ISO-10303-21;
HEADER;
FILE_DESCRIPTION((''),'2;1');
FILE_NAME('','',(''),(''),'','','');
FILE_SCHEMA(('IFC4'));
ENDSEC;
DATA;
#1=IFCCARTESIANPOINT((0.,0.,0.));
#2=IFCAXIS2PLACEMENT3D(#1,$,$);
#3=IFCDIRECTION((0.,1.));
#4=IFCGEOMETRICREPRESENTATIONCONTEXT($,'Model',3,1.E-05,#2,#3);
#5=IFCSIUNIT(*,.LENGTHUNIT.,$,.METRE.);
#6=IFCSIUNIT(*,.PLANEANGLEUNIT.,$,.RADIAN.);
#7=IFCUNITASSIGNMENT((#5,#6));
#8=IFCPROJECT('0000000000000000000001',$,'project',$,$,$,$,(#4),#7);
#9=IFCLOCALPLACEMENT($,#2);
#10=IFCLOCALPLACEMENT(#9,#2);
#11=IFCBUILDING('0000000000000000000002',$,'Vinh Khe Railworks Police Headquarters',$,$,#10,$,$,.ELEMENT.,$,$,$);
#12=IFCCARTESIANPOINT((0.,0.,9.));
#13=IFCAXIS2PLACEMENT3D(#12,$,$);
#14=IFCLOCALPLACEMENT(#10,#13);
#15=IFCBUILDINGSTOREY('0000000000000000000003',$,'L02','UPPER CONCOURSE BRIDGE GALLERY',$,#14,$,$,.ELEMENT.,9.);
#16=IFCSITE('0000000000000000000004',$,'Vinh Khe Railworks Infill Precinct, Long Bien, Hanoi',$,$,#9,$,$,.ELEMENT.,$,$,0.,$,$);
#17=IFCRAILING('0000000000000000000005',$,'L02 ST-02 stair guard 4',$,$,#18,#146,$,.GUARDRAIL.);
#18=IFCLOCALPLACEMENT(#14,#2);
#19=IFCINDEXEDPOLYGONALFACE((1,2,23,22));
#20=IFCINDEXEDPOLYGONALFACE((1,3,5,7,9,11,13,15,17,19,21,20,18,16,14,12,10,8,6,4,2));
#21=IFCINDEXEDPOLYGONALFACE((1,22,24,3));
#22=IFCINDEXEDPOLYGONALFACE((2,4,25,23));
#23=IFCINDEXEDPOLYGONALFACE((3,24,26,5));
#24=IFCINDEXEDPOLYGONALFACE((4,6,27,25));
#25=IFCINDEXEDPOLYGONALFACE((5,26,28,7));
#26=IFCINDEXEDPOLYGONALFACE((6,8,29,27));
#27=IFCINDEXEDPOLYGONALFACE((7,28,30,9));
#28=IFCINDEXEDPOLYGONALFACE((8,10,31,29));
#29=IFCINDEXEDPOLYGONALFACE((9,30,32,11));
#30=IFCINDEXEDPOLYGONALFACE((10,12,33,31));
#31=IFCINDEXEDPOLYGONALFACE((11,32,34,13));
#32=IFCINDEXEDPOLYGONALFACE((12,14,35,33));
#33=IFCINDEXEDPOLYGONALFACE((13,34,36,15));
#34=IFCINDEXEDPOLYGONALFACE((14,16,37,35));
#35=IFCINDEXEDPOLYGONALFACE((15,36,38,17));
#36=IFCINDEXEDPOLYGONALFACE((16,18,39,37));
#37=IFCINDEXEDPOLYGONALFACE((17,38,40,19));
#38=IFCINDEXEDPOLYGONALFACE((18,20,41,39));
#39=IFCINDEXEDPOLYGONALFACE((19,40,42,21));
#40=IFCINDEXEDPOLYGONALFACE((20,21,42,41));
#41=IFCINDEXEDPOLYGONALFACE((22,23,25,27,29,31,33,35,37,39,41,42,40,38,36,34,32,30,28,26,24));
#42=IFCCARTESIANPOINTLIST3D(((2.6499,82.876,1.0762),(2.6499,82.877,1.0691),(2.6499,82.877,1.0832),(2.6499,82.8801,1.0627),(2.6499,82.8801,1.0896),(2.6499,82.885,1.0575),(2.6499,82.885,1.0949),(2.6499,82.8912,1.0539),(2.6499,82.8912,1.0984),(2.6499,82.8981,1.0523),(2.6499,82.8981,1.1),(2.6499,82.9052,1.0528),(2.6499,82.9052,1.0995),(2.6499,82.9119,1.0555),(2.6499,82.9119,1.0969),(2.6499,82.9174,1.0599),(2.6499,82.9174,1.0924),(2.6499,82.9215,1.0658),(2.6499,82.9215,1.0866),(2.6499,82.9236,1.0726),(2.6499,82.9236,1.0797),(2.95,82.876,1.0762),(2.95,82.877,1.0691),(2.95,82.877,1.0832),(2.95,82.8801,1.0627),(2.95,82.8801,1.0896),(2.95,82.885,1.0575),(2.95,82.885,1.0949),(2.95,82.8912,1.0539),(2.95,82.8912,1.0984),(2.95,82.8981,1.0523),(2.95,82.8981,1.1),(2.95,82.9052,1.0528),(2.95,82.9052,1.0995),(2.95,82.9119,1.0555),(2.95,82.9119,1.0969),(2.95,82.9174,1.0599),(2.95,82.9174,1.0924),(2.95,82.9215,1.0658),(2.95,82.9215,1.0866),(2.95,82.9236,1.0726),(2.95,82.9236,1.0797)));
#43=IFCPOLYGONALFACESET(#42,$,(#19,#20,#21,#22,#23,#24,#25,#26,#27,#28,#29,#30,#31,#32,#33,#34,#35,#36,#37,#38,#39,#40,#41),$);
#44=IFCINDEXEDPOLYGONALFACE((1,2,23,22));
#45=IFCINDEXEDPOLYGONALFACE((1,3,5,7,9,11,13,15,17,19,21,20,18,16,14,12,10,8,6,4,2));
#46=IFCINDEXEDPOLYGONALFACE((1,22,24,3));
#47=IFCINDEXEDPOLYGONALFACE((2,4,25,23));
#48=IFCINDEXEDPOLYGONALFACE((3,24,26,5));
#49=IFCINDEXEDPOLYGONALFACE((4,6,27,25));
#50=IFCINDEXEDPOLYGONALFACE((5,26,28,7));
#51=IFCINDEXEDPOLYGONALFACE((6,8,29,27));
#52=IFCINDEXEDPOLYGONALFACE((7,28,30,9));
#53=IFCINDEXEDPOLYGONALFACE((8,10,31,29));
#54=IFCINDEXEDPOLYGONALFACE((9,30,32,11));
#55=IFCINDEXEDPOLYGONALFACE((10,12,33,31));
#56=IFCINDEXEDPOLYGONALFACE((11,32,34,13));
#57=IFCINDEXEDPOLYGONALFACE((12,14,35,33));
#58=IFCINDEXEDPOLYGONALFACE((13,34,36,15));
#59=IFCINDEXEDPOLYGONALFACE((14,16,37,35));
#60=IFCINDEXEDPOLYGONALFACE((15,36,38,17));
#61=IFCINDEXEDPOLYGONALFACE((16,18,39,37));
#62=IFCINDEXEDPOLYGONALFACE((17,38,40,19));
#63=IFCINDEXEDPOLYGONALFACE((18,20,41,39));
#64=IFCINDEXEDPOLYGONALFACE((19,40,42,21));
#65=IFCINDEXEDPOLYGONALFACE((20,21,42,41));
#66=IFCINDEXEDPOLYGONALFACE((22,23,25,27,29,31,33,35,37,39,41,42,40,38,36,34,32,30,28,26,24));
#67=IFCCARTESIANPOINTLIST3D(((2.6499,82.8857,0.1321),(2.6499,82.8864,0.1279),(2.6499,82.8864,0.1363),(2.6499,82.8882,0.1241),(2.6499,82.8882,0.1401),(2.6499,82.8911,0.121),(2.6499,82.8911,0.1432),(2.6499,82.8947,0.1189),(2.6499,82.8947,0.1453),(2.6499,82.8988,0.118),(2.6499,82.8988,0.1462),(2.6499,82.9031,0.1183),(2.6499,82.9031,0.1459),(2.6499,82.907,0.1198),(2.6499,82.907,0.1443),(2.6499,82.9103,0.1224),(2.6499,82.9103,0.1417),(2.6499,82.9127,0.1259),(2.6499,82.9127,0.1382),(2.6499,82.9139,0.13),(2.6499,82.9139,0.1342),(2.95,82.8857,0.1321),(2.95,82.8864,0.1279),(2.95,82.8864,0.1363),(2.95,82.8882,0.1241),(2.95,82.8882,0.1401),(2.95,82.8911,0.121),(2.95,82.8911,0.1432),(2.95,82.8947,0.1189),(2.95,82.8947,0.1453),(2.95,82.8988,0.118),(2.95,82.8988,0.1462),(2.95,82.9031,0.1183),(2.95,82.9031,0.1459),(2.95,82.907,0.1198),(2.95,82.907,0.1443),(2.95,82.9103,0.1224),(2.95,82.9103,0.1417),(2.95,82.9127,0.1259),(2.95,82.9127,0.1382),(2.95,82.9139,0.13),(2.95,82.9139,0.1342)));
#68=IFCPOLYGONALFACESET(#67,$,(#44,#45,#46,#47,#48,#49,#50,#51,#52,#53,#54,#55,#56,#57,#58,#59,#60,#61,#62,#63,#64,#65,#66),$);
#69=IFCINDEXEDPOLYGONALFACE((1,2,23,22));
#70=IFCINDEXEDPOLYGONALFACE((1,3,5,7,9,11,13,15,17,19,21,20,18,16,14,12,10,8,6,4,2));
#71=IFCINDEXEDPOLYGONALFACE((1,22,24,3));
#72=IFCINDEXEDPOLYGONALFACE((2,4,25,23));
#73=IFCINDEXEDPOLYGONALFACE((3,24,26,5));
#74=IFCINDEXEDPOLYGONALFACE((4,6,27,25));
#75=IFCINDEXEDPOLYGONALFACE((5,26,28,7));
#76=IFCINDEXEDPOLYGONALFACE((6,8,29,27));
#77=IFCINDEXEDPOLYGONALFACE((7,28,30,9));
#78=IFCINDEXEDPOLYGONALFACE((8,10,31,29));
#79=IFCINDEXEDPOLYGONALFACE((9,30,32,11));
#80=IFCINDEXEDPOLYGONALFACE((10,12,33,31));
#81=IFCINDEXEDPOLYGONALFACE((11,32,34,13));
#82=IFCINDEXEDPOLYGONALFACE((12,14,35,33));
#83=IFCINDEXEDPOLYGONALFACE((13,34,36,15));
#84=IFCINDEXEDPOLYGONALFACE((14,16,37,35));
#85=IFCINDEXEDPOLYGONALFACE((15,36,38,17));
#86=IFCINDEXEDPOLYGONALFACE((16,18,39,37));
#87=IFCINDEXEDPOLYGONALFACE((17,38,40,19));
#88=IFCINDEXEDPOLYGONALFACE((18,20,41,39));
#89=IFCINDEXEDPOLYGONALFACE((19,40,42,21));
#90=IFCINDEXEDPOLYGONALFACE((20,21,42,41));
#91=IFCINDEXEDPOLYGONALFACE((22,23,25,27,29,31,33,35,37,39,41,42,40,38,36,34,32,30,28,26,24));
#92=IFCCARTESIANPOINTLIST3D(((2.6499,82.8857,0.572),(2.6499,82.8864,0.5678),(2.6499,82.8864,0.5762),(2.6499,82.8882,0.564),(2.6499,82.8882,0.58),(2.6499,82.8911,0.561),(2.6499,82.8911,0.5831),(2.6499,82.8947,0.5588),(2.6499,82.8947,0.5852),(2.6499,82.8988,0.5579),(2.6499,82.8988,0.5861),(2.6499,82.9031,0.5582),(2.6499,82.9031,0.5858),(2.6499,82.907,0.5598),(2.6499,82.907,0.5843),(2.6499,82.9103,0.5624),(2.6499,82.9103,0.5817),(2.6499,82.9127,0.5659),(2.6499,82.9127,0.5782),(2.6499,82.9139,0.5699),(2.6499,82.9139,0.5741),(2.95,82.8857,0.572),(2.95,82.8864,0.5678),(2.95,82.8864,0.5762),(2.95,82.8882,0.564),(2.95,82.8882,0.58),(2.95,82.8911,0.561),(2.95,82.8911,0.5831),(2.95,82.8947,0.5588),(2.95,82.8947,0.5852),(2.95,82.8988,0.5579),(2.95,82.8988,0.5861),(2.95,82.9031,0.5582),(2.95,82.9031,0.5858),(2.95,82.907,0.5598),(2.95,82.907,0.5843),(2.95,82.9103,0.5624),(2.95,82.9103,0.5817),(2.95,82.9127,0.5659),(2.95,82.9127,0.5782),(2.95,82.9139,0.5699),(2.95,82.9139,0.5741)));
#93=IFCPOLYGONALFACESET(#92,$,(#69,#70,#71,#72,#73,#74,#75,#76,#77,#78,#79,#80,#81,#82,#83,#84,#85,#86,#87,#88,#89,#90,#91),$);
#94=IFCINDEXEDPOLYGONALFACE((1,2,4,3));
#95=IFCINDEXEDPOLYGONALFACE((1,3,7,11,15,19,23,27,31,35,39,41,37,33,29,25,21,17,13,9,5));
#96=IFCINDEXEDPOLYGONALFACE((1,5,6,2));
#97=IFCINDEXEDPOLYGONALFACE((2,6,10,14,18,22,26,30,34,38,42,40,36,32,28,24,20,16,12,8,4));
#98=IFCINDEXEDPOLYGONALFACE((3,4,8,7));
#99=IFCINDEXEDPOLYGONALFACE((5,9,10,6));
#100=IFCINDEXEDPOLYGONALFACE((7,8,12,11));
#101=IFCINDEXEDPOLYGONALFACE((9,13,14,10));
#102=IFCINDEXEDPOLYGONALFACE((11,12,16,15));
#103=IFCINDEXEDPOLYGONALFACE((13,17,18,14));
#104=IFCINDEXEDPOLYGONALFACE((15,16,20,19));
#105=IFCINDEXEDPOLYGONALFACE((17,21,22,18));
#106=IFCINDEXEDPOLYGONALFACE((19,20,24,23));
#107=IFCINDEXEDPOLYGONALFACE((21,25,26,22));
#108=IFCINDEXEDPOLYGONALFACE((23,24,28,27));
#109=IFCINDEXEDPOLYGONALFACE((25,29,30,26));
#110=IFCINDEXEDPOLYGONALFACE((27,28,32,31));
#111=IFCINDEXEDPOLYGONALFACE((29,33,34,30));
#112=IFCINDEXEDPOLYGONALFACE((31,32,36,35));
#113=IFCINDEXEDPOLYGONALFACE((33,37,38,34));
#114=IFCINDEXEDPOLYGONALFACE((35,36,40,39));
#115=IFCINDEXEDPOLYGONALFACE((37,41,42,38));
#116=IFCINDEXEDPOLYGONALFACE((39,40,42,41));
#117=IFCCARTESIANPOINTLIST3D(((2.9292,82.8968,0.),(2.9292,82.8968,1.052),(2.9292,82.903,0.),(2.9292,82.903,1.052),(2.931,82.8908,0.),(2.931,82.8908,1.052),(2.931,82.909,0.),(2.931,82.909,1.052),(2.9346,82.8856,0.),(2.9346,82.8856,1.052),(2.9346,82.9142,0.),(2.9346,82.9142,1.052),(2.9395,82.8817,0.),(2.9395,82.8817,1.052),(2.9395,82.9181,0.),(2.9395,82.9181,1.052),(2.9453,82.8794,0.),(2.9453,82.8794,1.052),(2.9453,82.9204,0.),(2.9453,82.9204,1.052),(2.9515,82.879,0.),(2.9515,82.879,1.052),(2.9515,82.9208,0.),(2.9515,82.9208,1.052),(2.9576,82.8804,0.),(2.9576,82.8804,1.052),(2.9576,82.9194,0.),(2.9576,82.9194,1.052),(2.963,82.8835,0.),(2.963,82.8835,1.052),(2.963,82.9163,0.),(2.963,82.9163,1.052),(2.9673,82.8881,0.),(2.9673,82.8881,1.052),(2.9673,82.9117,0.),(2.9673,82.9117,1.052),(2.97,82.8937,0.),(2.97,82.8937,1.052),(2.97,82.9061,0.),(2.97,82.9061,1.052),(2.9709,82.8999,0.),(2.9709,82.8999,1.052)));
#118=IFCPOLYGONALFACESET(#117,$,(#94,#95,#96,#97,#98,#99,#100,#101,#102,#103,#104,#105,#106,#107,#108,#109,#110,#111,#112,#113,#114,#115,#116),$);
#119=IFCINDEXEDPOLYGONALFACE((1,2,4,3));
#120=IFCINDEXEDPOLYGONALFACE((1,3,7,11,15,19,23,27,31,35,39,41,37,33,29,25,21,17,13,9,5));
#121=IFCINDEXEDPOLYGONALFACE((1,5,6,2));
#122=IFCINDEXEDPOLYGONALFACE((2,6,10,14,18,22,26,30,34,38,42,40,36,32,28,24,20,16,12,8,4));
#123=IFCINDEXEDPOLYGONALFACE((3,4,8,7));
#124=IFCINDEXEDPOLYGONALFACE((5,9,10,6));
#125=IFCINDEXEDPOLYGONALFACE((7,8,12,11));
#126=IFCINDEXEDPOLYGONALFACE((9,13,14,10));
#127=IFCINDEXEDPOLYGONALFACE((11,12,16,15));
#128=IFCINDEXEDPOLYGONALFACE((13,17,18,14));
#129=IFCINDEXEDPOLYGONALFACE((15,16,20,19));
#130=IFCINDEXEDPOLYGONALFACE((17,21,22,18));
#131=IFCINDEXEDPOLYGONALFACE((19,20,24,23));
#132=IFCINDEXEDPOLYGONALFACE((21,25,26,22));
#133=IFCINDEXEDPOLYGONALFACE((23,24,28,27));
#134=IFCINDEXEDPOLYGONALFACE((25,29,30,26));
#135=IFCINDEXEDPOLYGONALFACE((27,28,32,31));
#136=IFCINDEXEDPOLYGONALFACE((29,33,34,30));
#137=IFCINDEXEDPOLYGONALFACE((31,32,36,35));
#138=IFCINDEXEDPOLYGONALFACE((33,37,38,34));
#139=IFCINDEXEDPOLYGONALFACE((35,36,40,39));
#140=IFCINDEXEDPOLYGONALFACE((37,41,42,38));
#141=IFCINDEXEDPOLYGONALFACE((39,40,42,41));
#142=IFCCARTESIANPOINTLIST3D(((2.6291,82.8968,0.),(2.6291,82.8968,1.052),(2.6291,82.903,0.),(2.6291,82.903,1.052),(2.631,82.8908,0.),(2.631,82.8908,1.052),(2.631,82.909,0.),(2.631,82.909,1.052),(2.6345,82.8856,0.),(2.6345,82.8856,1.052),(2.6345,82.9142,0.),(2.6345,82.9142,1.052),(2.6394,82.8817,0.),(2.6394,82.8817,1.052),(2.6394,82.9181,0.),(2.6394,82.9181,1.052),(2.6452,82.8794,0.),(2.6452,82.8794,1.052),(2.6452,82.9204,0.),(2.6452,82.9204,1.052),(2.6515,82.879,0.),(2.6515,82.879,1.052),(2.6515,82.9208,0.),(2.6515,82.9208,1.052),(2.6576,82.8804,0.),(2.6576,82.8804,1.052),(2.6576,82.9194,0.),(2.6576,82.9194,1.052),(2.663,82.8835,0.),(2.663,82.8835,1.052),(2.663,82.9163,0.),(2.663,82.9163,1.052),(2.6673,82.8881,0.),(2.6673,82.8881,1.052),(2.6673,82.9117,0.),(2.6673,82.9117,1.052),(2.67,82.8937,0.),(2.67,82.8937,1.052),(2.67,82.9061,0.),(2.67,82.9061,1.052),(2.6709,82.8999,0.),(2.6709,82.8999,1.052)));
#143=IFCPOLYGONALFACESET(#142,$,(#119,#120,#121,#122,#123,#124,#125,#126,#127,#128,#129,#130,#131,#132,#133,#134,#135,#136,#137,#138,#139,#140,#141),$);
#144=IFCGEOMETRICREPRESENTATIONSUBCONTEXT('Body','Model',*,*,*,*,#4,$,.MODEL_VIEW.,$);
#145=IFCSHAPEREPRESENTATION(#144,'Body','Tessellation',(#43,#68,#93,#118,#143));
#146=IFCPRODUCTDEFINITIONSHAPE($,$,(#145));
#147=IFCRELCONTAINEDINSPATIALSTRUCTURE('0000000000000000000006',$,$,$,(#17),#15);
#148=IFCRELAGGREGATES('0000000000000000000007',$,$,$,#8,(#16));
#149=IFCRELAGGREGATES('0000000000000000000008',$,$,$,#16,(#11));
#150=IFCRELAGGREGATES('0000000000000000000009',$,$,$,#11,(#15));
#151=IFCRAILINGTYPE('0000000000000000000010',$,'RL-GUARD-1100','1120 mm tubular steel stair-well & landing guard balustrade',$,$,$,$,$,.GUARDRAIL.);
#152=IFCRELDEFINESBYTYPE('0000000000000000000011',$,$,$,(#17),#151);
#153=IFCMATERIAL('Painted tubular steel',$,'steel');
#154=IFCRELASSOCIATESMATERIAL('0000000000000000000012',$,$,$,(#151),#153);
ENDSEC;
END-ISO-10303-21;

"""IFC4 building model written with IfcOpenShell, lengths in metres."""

from ifc_helpers import new_model, si_unit, direction, frame, origin, origin_2d, place, context, subcontext, project, spatial, circle, extrude, material, type_object, element, save


model = new_model("IFC4")

# Units and contexts
model_context = context("Model", 3, precision=1e-05, world=origin(), true_north=direction((0.0, 1.0)))
body_context = subcontext(model_context, "Body", "Model", "MODEL_VIEW")
ifc_project = project(units=[si_unit("LENGTHUNIT", "METRE"), si_unit("PLANEANGLEUNIT", "RADIAN")], contexts=[model_context])

# Site, building, storey
site_placement = place(None, origin())
site = spatial("IfcSite", under=ifc_project, at=site_placement, Name="Vinh Khe Railworks Infill Precinct, Long Bien, Hanoi", CompositionType="ELEMENT", RefElevation=0.0)
building_placement = place(site_placement, origin())
building = spatial("IfcBuilding", under=site, at=building_placement, Name="Vinh Khe Railworks Police Headquarters", CompositionType="ELEMENT")
storey_placement = place(building_placement, frame((0.0, 0.0, 9.0)))
storey = spatial("IfcBuildingStorey", under=building, at=storey_placement, Name="L02", Description="UPPER CONCOURSE BRIDGE GALLERY", CompositionType="ELEMENT", Elevation=9.0)

# Railing
ifc_material_1 = material(Name="Painted tubular steel", Category="steel")
railing_type_1 = type_object("IfcRailingType", Name="RL-GUARD-1100", Description="1120 mm tubular steel stair-well & landing guard balustrade", PredefinedType="GUARDRAIL", material=ifc_material_1)
railing_1_placement = place(storey_placement, frame((2.95, 82.8999, 0.0)))
element("IfcRailing", 1, at=railing_1_placement, inside=storey, type_object=railing_type_1, Name="L02 ST-02 stair guard 4", PredefinedType="GUARDRAIL", context=body_context, shape_type="SweptSolid", body=[
    extrude(circle(Radius=0.0239, at=origin_2d()), frame((0.0, 0.0, 1.0762), z_axis=(-1.0, 0.0, 0.0), x_axis=(0.0, -1.0, 0.0)), (0.0, 0.0, 1.0), 0.3),
    extrude(circle(Radius=0.0142, at=origin_2d()), frame((0.0, 0.0, 0.1321), z_axis=(-1.0, 0.0, 0.0), x_axis=(0.0, -1.0, 0.0)), (0.0, 0.0, 1.0), 0.3),
    extrude(circle(Radius=0.0142, at=origin_2d()), frame((0.0, 0.0, 0.572), z_axis=(-1.0, 0.0, 0.0), x_axis=(0.0, -1.0, 0.0)), (0.0, 0.0, 1.0), 0.3),
    extrude(circle(Radius=0.021, at=origin_2d()), origin(), (0.0, 0.0, 1.0), 1.052),
    extrude(circle(Radius=0.021, at=origin_2d()), frame((-0.3, 0.0, 0.0)), (0.0, 0.0, 1.0), 1.052),
])

save(model, "model.ifc")
